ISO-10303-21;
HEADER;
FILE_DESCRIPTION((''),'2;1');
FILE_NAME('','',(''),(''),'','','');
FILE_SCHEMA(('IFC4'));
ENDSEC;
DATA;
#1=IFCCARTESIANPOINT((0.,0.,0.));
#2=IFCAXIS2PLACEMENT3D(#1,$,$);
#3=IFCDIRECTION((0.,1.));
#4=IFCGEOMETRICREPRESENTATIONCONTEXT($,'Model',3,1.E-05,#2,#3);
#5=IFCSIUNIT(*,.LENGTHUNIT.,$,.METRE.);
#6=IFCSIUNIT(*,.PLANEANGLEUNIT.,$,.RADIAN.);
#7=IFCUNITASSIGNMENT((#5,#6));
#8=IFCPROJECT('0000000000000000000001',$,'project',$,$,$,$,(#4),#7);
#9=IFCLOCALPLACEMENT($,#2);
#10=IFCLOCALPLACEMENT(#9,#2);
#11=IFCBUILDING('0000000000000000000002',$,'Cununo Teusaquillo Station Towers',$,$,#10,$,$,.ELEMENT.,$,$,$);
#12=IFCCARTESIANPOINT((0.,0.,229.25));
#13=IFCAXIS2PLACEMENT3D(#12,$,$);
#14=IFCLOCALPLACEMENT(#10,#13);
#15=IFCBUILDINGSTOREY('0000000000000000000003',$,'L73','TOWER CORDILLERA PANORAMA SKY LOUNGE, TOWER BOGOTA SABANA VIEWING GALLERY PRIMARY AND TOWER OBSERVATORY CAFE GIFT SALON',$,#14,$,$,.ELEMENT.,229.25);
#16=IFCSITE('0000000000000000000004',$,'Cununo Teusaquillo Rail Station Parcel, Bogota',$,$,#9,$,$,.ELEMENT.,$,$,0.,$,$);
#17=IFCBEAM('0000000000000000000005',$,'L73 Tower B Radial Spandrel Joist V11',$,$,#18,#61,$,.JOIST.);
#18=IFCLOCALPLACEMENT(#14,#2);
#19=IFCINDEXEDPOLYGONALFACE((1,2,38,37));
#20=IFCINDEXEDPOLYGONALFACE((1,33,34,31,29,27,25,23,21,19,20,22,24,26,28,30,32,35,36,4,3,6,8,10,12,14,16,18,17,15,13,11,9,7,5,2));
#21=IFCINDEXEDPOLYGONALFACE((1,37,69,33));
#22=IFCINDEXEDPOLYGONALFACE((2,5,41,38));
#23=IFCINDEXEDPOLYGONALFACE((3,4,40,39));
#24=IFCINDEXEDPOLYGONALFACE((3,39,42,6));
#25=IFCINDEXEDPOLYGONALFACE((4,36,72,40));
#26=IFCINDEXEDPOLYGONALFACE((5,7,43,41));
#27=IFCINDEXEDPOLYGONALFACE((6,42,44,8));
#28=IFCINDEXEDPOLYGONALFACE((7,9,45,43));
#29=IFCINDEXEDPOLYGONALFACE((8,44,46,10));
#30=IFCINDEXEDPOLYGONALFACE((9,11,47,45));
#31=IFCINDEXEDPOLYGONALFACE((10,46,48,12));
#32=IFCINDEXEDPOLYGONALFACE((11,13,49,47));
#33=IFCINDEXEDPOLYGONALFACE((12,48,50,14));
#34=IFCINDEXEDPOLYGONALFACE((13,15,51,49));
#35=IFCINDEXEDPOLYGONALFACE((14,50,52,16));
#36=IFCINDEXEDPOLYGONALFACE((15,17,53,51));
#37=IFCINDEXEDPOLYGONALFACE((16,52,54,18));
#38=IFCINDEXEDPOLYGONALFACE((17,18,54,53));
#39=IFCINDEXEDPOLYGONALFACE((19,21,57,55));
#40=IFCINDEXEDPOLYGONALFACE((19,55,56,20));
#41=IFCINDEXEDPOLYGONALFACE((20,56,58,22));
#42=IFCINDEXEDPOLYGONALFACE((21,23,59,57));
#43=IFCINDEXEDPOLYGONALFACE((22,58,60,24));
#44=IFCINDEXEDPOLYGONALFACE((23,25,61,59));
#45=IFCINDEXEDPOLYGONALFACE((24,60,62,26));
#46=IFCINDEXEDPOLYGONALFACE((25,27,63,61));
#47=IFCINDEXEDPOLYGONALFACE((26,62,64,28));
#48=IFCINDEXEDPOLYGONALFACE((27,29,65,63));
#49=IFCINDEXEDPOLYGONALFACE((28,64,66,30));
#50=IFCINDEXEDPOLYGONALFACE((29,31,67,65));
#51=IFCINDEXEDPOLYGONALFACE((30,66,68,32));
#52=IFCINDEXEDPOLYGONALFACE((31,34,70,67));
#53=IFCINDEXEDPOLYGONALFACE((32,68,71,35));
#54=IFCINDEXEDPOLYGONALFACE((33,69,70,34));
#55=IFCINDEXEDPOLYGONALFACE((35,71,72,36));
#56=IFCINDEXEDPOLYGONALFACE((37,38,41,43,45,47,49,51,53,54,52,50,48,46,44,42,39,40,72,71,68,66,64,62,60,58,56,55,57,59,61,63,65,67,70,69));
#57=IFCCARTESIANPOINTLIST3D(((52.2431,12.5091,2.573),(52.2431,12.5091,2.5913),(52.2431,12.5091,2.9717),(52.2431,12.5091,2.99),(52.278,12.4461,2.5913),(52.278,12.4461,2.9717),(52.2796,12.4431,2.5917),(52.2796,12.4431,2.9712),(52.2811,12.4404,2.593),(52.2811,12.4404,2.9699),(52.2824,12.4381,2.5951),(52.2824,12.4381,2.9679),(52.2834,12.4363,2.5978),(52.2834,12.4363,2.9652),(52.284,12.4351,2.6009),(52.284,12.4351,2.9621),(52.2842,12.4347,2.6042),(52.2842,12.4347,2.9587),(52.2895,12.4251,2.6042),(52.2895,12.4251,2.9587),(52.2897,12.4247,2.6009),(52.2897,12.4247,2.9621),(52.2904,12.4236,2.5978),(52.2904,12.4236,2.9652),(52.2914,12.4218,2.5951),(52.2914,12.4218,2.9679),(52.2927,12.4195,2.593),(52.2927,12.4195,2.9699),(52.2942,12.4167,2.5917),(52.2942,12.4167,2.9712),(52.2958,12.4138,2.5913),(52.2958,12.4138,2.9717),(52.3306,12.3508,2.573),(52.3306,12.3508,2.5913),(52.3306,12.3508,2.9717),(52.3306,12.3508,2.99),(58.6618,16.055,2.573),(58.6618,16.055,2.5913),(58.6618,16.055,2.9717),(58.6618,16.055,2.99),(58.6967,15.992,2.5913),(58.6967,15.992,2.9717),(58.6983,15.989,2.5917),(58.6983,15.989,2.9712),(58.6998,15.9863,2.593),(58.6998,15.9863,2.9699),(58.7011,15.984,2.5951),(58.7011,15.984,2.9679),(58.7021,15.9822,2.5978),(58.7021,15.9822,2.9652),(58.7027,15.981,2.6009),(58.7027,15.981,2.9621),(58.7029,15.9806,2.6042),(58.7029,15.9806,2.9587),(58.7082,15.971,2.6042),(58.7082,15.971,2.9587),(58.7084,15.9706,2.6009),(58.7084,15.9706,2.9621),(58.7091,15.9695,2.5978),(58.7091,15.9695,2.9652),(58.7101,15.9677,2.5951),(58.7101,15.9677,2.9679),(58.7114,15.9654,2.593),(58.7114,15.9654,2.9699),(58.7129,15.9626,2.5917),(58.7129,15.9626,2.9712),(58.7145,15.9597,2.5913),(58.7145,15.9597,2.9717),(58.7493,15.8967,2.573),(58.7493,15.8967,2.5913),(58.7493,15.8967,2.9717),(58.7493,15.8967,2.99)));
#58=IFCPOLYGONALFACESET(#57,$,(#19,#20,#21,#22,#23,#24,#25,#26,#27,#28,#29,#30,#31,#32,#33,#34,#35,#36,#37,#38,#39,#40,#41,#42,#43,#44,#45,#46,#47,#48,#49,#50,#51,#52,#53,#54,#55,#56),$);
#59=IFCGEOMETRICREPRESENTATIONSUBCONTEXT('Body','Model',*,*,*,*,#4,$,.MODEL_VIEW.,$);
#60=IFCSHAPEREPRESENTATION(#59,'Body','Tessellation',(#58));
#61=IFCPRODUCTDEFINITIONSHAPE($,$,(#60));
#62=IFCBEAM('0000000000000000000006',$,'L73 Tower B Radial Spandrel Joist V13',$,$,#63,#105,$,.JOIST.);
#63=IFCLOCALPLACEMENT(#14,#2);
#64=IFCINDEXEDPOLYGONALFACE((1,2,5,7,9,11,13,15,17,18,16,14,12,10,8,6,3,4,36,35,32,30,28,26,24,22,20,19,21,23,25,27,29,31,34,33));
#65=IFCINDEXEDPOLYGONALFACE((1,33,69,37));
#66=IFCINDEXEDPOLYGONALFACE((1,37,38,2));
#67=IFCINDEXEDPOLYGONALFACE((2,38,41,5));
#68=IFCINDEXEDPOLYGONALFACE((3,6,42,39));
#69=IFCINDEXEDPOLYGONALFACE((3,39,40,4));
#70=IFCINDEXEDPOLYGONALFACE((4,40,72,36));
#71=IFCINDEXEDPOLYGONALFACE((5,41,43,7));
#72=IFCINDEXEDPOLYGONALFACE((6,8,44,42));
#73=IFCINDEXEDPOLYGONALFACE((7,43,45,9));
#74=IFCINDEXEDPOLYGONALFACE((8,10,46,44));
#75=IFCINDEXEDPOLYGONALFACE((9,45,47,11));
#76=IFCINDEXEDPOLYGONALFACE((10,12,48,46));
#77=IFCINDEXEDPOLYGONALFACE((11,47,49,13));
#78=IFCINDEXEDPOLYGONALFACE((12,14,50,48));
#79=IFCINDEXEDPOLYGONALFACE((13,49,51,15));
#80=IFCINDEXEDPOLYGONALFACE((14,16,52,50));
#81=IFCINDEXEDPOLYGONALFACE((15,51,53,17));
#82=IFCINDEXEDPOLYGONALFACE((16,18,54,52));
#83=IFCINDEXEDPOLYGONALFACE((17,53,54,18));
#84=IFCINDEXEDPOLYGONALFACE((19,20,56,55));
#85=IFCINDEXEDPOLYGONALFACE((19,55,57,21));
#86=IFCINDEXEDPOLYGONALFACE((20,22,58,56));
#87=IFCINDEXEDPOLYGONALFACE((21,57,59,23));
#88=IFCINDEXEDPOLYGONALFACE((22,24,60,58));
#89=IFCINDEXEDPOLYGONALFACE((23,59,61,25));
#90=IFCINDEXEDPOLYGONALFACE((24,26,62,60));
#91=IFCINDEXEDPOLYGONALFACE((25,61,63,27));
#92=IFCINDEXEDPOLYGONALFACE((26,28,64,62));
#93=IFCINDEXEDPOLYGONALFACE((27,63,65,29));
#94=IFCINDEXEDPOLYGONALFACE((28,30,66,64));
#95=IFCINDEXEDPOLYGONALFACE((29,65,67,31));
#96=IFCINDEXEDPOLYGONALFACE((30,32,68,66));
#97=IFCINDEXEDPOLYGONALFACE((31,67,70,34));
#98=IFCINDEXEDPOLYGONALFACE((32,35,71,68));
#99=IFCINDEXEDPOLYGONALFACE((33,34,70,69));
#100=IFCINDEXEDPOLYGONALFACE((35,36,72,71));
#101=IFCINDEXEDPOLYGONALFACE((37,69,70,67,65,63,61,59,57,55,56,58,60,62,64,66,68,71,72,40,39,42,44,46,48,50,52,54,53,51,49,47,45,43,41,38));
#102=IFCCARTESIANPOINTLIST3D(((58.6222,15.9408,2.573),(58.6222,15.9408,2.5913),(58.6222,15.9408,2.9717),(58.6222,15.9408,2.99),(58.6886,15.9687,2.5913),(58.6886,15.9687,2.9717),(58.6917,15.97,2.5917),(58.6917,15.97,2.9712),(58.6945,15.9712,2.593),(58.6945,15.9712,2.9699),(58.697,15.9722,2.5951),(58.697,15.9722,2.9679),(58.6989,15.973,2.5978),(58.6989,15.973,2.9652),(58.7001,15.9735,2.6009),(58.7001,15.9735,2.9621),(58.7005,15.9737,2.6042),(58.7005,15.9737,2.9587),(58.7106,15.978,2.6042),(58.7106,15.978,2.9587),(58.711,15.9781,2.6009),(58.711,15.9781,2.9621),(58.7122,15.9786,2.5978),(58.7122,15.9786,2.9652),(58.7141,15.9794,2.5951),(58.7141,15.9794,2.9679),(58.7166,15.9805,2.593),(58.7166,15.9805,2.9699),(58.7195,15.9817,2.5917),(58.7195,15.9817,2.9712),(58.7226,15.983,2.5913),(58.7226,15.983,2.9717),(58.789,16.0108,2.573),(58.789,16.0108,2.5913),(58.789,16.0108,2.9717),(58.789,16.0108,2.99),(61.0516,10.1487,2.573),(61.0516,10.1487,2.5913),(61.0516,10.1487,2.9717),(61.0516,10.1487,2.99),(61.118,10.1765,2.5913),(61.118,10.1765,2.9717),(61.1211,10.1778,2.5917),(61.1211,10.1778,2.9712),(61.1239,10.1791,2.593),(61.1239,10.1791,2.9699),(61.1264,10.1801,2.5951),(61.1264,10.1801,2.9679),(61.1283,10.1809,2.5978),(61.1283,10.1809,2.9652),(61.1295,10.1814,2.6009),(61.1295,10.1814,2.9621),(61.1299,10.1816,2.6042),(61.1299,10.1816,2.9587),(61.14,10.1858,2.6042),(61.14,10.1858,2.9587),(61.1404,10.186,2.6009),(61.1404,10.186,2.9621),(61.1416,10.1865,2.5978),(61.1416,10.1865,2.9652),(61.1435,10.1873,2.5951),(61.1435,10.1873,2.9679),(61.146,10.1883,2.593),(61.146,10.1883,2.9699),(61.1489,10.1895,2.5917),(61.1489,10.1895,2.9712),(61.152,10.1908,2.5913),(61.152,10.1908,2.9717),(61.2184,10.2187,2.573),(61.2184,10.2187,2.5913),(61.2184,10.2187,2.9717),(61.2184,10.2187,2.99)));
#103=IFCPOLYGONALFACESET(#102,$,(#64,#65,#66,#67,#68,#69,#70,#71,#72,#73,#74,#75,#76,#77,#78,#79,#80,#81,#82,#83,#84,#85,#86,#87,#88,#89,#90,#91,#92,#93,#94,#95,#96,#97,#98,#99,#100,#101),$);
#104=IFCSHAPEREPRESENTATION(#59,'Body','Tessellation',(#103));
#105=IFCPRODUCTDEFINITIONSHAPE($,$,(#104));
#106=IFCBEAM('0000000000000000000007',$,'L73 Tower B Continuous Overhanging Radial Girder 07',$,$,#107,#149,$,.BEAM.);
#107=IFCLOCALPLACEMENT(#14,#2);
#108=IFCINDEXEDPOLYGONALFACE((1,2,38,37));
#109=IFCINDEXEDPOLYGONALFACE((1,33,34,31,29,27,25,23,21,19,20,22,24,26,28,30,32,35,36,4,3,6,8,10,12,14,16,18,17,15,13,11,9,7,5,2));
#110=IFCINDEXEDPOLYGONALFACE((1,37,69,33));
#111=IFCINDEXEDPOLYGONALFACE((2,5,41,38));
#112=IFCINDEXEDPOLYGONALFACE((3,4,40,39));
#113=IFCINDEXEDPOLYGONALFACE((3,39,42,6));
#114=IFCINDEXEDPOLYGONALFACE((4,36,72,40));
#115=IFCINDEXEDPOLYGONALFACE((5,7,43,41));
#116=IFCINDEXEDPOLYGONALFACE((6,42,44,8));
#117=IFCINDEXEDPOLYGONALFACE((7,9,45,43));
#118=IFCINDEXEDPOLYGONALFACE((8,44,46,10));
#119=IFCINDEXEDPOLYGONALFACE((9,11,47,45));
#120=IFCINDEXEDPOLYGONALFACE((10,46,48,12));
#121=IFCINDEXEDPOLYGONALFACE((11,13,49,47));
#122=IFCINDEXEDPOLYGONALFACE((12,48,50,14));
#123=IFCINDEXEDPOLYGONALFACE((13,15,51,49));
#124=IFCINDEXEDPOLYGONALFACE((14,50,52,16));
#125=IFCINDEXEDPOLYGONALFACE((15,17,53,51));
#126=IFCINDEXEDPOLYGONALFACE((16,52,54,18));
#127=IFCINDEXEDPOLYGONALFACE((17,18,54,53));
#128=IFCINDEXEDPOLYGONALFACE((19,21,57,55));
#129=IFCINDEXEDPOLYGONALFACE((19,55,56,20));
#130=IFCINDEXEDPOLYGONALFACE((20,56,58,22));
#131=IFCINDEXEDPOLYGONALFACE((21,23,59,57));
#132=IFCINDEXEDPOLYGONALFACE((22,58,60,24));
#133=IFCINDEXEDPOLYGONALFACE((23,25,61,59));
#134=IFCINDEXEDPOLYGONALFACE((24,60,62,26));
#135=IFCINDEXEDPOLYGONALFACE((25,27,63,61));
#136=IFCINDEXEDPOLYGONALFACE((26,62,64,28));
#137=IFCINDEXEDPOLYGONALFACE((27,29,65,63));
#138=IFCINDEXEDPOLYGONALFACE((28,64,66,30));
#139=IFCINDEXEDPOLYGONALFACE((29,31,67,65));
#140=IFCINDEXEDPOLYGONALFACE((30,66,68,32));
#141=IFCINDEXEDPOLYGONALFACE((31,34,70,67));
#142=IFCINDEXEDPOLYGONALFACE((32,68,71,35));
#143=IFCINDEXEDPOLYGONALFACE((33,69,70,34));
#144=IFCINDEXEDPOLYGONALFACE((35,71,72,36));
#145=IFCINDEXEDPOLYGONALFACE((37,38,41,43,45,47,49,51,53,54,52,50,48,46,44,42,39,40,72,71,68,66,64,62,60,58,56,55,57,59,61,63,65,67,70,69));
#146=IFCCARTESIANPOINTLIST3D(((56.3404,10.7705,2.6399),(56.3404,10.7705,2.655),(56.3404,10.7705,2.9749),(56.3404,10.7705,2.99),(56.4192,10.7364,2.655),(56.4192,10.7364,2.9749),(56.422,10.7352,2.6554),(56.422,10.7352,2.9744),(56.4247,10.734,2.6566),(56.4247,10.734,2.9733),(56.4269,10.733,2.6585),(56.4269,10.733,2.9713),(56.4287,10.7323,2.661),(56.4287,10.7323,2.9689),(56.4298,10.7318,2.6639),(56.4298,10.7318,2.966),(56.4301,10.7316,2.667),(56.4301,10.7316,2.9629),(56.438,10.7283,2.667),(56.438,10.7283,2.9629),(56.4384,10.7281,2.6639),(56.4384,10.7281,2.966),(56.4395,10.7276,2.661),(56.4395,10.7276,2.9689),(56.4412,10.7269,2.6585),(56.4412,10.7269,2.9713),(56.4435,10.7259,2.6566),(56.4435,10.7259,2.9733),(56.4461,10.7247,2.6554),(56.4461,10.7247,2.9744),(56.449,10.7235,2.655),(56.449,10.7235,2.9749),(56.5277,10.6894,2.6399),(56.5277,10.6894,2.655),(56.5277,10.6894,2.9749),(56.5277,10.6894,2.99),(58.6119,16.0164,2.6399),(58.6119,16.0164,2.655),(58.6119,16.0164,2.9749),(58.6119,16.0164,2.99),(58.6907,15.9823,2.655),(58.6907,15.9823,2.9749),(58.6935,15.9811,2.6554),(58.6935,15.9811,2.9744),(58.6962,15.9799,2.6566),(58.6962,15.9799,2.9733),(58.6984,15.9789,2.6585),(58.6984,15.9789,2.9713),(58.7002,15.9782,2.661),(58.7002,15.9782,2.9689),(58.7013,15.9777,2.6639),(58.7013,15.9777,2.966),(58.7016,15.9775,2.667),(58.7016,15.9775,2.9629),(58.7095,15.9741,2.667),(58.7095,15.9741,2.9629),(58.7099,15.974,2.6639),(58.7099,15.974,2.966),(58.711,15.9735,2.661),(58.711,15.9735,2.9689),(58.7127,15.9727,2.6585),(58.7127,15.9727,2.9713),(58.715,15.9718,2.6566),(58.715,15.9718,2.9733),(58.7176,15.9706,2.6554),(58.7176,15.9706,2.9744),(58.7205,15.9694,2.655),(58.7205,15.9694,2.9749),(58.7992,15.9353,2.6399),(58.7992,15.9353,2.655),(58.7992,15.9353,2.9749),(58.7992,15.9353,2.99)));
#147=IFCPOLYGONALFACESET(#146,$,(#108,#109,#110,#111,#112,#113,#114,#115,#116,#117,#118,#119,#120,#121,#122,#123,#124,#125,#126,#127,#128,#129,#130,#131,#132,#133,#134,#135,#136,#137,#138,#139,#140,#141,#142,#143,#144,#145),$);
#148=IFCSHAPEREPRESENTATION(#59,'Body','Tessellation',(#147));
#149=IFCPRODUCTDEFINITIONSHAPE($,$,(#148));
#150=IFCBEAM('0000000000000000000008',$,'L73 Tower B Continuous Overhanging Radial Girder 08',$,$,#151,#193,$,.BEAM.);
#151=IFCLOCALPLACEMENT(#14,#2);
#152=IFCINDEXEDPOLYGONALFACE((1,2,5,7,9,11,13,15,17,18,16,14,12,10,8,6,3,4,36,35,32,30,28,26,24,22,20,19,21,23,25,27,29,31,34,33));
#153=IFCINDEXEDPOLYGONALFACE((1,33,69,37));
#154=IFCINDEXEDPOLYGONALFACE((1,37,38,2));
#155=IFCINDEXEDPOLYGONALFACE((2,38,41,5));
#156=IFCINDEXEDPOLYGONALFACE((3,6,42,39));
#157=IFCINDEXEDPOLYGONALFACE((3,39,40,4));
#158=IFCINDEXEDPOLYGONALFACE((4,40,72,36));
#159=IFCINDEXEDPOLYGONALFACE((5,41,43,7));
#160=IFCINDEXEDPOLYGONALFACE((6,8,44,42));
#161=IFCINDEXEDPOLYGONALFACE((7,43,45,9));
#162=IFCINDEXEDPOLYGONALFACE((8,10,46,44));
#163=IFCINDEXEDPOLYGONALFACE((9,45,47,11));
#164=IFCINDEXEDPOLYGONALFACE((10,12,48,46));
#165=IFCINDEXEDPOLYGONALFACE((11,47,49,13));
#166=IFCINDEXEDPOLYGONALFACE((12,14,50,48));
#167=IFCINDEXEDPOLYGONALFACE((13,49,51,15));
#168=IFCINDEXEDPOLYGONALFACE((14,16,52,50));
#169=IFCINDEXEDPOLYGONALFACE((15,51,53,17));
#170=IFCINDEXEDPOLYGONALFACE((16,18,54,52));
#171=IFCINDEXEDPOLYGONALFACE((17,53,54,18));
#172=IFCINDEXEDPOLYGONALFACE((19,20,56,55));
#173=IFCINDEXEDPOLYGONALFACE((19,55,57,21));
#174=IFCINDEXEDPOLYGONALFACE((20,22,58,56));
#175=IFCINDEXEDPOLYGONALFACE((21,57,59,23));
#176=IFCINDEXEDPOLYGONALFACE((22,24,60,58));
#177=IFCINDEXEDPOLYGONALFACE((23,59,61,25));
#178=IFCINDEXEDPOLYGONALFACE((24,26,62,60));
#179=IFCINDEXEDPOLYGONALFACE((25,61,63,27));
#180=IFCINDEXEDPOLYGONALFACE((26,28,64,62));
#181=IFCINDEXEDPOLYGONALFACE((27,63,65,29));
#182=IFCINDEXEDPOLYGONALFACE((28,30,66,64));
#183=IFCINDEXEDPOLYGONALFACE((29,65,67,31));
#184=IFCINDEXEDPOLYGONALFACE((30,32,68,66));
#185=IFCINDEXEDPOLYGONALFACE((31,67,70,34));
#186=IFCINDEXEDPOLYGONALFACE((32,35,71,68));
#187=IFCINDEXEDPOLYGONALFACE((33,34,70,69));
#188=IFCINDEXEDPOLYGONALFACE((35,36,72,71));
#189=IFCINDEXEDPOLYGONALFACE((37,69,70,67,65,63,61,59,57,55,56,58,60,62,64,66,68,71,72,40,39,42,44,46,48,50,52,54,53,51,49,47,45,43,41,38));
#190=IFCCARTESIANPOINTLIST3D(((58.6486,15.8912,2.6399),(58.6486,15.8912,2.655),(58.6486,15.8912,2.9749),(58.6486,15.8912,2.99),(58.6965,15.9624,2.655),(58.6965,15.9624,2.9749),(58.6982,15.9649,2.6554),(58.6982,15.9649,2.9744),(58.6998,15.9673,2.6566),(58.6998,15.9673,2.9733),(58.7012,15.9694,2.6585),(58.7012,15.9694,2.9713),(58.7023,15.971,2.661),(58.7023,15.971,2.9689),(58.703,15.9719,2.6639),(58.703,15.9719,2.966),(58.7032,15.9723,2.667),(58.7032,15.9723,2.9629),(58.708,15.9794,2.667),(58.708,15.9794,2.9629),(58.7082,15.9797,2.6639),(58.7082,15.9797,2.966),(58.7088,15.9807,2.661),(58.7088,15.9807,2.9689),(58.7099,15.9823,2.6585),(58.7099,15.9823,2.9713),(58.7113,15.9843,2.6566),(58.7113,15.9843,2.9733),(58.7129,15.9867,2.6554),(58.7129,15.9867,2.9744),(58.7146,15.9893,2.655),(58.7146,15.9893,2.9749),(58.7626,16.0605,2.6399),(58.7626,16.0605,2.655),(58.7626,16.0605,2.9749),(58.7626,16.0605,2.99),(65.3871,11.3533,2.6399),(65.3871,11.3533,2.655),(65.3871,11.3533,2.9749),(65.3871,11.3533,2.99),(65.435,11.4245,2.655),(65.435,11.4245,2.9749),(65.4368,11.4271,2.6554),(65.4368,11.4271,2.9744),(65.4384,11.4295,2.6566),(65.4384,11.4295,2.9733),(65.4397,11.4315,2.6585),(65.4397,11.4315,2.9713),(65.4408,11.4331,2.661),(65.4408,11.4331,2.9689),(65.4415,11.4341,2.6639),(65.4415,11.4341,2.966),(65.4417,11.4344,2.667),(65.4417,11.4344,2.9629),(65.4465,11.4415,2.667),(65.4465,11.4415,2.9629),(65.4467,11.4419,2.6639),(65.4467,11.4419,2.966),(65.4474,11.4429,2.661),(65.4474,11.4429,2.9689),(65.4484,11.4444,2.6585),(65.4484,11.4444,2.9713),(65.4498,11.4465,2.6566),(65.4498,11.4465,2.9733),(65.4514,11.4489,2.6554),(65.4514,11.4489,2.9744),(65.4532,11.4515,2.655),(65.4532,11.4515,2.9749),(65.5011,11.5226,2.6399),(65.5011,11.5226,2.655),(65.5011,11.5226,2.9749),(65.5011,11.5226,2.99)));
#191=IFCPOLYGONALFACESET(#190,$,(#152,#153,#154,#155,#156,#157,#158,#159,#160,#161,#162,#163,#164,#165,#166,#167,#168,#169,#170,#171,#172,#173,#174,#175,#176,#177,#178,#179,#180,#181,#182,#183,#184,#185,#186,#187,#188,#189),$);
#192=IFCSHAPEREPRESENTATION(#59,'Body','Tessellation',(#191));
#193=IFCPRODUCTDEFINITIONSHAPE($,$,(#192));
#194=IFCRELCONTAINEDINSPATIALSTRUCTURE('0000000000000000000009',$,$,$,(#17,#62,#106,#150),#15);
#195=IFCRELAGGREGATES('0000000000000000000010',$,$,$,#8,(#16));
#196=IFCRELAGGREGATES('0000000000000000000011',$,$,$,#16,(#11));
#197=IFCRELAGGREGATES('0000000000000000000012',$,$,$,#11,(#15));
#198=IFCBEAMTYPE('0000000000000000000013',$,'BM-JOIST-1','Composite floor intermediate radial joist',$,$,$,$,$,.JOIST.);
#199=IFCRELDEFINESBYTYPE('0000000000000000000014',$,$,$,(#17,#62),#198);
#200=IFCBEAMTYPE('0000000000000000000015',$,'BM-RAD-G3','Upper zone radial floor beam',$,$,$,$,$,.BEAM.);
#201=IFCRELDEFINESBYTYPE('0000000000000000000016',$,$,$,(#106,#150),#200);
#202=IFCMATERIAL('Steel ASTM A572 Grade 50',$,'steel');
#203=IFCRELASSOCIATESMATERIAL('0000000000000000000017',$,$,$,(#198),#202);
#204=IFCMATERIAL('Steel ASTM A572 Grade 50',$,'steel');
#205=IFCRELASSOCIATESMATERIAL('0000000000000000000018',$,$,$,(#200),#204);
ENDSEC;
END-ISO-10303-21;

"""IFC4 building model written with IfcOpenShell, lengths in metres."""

from ifc_helpers import new_model, si_unit, direction, frame, origin, origin_2d, place, context, subcontext, project, spatial, i_section, extrude, material, material_profile, profile_set, type_object, element, save


model = new_model("IFC4")

# Units and contexts
model_context = context("Model", 3, precision=1e-05, world=origin(), true_north=direction((0.0, 1.0)))
body_context = subcontext(model_context, "Body", "Model", "MODEL_VIEW")
ifc_project = project(units=[si_unit("LENGTHUNIT", "METRE"), si_unit("PLANEANGLEUNIT", "RADIAN")], contexts=[model_context])

# Site, building, storey
site_placement = place(None, origin())
site = spatial("IfcSite", under=ifc_project, at=site_placement, Name="Cununo Teusaquillo Rail Station Parcel, Bogota", CompositionType="ELEMENT", RefElevation=0.0)
building_placement = place(site_placement, origin())
building = spatial("IfcBuilding", under=site, at=building_placement, Name="Cununo Teusaquillo Station Towers", CompositionType="ELEMENT")
storey_placement = place(building_placement, frame((0.0, 0.0, 229.25)))
storey = spatial("IfcBuildingStorey", under=building, at=storey_placement, Name="L73", Description="TOWER CORDILLERA PANORAMA SKY LOUNGE, TOWER BOGOTA SABANA VIEWING GALLERY PRIMARY AND TOWER OBSERVATORY CAFE GIFT SALON", CompositionType="ELEMENT", Elevation=229.25)

# Beams
ifc_material_1 = material(Name="Steel ASTM A572 Grade 50", Category="steel")
ifc_material_profile_1 = material_profile(ifc_material_1, i_section(OverallWidth=0.1809, OverallDepth=0.417, WebThickness=0.011, FlangeThickness=0.0183, FilletRadius=0.0129, at=origin_2d()), Name="W16X57")
ifc_profile_set_1 = profile_set([ifc_material_profile_1], Name="Steel ASTM A572 Grade 50")
beam_type_1 = type_object("IfcBeamType", Name="BM-JOIST-1", Description="Composite floor intermediate radial joist", PredefinedType="JOIST", material=ifc_profile_set_1)
beam_1_placement = place(storey_placement, frame((58.7056, 15.9758, 2.7815), z_axis=(-0.875315, -0.483553, 0.0), x_axis=(0.483553, -0.875315, 0.0)))
element("IfcBeam", 1, at=beam_1_placement, inside=storey, type_object=beam_type_1, Name="L73 Tower B Radial Spandrel Joist V11", PredefinedType="JOIST", context=body_context, shape_type="SweptSolid", body=[
    extrude(i_section(OverallWidth=0.1809, OverallDepth=0.417, WebThickness=0.011, FlangeThickness=0.0183, FilletRadius=0.0129, at=origin_2d()), origin(), (0.0, 0.0, 1.0), 7.333),
])
beam_2_placement = place(storey_placement, frame((58.7056, 15.9758, 2.7815), z_axis=(0.386786, -0.922169, 0.0), x_axis=(0.922169, 0.386786, 0.0)))
element("IfcBeam", 2, at=beam_2_placement, inside=storey, type_object=beam_type_1, Name="L73 Tower B Radial Spandrel Joist V13", PredefinedType="JOIST", context=body_context, shape_type="SweptSolid", body=[
    extrude(i_section(OverallWidth=0.1809, OverallDepth=0.417, WebThickness=0.011, FlangeThickness=0.0183, FilletRadius=0.0129, at=origin_2d()), origin(), (0.0, 0.0, 1.0), 6.281),
])
ifc_material_2 = material(Name="Steel ASTM A572 Grade 50", Category="steel")
ifc_material_profile_2 = material_profile(ifc_material_2, i_section(OverallWidth=0.2041, OverallDepth=0.3501, WebThickness=0.0085, FlangeThickness=0.0151, FilletRadius=0.012, at=origin_2d()), Name="W14X48")
ifc_profile_set_2 = profile_set([ifc_material_profile_2], Name="Steel ASTM A572 Grade 50")
beam_type_2 = type_object("IfcBeamType", Name="BM-RAD-G3", Description="Upper zone radial floor beam", PredefinedType="BEAM", material=ifc_profile_set_2)
beam_3_placement = place(storey_placement, frame((58.7056, 15.9758, 2.8149), z_axis=(-0.397355, -0.917665, 0.0), x_axis=(0.917665, -0.397355, 0.0)))
element("IfcBeam", 3, at=beam_3_placement, inside=storey, type_object=beam_type_2, Name="L73 Tower B Continuous Overhanging Radial Girder 07", PredefinedType="BEAM", context=body_context, shape_type="SweptSolid", body=[
    extrude(i_section(OverallWidth=0.2041, OverallDepth=0.3501, WebThickness=0.0085, FlangeThickness=0.0151, FilletRadius=0.012, at=origin_2d()), origin(), (0.0, 0.0, 1.0), 5.7166),
])
beam_4_placement = place(storey_placement, frame((58.7056, 15.9758, 2.8149), z_axis=(0.829457, -0.558571, 0.0), x_axis=(0.558571, 0.829457, 0.0)))
element("IfcBeam", 4, at=beam_4_placement, inside=storey, type_object=beam_type_2, Name="L73 Tower B Continuous Overhanging Radial Girder 08", PredefinedType="BEAM", context=body_context, shape_type="SweptSolid", body=[
    extrude(i_section(OverallWidth=0.2041, OverallDepth=0.3501, WebThickness=0.0085, FlangeThickness=0.0151, FilletRadius=0.012, at=origin_2d()), origin(), (0.0, 0.0, 1.0), 8.124),
])

save(model, "model.ifc")
